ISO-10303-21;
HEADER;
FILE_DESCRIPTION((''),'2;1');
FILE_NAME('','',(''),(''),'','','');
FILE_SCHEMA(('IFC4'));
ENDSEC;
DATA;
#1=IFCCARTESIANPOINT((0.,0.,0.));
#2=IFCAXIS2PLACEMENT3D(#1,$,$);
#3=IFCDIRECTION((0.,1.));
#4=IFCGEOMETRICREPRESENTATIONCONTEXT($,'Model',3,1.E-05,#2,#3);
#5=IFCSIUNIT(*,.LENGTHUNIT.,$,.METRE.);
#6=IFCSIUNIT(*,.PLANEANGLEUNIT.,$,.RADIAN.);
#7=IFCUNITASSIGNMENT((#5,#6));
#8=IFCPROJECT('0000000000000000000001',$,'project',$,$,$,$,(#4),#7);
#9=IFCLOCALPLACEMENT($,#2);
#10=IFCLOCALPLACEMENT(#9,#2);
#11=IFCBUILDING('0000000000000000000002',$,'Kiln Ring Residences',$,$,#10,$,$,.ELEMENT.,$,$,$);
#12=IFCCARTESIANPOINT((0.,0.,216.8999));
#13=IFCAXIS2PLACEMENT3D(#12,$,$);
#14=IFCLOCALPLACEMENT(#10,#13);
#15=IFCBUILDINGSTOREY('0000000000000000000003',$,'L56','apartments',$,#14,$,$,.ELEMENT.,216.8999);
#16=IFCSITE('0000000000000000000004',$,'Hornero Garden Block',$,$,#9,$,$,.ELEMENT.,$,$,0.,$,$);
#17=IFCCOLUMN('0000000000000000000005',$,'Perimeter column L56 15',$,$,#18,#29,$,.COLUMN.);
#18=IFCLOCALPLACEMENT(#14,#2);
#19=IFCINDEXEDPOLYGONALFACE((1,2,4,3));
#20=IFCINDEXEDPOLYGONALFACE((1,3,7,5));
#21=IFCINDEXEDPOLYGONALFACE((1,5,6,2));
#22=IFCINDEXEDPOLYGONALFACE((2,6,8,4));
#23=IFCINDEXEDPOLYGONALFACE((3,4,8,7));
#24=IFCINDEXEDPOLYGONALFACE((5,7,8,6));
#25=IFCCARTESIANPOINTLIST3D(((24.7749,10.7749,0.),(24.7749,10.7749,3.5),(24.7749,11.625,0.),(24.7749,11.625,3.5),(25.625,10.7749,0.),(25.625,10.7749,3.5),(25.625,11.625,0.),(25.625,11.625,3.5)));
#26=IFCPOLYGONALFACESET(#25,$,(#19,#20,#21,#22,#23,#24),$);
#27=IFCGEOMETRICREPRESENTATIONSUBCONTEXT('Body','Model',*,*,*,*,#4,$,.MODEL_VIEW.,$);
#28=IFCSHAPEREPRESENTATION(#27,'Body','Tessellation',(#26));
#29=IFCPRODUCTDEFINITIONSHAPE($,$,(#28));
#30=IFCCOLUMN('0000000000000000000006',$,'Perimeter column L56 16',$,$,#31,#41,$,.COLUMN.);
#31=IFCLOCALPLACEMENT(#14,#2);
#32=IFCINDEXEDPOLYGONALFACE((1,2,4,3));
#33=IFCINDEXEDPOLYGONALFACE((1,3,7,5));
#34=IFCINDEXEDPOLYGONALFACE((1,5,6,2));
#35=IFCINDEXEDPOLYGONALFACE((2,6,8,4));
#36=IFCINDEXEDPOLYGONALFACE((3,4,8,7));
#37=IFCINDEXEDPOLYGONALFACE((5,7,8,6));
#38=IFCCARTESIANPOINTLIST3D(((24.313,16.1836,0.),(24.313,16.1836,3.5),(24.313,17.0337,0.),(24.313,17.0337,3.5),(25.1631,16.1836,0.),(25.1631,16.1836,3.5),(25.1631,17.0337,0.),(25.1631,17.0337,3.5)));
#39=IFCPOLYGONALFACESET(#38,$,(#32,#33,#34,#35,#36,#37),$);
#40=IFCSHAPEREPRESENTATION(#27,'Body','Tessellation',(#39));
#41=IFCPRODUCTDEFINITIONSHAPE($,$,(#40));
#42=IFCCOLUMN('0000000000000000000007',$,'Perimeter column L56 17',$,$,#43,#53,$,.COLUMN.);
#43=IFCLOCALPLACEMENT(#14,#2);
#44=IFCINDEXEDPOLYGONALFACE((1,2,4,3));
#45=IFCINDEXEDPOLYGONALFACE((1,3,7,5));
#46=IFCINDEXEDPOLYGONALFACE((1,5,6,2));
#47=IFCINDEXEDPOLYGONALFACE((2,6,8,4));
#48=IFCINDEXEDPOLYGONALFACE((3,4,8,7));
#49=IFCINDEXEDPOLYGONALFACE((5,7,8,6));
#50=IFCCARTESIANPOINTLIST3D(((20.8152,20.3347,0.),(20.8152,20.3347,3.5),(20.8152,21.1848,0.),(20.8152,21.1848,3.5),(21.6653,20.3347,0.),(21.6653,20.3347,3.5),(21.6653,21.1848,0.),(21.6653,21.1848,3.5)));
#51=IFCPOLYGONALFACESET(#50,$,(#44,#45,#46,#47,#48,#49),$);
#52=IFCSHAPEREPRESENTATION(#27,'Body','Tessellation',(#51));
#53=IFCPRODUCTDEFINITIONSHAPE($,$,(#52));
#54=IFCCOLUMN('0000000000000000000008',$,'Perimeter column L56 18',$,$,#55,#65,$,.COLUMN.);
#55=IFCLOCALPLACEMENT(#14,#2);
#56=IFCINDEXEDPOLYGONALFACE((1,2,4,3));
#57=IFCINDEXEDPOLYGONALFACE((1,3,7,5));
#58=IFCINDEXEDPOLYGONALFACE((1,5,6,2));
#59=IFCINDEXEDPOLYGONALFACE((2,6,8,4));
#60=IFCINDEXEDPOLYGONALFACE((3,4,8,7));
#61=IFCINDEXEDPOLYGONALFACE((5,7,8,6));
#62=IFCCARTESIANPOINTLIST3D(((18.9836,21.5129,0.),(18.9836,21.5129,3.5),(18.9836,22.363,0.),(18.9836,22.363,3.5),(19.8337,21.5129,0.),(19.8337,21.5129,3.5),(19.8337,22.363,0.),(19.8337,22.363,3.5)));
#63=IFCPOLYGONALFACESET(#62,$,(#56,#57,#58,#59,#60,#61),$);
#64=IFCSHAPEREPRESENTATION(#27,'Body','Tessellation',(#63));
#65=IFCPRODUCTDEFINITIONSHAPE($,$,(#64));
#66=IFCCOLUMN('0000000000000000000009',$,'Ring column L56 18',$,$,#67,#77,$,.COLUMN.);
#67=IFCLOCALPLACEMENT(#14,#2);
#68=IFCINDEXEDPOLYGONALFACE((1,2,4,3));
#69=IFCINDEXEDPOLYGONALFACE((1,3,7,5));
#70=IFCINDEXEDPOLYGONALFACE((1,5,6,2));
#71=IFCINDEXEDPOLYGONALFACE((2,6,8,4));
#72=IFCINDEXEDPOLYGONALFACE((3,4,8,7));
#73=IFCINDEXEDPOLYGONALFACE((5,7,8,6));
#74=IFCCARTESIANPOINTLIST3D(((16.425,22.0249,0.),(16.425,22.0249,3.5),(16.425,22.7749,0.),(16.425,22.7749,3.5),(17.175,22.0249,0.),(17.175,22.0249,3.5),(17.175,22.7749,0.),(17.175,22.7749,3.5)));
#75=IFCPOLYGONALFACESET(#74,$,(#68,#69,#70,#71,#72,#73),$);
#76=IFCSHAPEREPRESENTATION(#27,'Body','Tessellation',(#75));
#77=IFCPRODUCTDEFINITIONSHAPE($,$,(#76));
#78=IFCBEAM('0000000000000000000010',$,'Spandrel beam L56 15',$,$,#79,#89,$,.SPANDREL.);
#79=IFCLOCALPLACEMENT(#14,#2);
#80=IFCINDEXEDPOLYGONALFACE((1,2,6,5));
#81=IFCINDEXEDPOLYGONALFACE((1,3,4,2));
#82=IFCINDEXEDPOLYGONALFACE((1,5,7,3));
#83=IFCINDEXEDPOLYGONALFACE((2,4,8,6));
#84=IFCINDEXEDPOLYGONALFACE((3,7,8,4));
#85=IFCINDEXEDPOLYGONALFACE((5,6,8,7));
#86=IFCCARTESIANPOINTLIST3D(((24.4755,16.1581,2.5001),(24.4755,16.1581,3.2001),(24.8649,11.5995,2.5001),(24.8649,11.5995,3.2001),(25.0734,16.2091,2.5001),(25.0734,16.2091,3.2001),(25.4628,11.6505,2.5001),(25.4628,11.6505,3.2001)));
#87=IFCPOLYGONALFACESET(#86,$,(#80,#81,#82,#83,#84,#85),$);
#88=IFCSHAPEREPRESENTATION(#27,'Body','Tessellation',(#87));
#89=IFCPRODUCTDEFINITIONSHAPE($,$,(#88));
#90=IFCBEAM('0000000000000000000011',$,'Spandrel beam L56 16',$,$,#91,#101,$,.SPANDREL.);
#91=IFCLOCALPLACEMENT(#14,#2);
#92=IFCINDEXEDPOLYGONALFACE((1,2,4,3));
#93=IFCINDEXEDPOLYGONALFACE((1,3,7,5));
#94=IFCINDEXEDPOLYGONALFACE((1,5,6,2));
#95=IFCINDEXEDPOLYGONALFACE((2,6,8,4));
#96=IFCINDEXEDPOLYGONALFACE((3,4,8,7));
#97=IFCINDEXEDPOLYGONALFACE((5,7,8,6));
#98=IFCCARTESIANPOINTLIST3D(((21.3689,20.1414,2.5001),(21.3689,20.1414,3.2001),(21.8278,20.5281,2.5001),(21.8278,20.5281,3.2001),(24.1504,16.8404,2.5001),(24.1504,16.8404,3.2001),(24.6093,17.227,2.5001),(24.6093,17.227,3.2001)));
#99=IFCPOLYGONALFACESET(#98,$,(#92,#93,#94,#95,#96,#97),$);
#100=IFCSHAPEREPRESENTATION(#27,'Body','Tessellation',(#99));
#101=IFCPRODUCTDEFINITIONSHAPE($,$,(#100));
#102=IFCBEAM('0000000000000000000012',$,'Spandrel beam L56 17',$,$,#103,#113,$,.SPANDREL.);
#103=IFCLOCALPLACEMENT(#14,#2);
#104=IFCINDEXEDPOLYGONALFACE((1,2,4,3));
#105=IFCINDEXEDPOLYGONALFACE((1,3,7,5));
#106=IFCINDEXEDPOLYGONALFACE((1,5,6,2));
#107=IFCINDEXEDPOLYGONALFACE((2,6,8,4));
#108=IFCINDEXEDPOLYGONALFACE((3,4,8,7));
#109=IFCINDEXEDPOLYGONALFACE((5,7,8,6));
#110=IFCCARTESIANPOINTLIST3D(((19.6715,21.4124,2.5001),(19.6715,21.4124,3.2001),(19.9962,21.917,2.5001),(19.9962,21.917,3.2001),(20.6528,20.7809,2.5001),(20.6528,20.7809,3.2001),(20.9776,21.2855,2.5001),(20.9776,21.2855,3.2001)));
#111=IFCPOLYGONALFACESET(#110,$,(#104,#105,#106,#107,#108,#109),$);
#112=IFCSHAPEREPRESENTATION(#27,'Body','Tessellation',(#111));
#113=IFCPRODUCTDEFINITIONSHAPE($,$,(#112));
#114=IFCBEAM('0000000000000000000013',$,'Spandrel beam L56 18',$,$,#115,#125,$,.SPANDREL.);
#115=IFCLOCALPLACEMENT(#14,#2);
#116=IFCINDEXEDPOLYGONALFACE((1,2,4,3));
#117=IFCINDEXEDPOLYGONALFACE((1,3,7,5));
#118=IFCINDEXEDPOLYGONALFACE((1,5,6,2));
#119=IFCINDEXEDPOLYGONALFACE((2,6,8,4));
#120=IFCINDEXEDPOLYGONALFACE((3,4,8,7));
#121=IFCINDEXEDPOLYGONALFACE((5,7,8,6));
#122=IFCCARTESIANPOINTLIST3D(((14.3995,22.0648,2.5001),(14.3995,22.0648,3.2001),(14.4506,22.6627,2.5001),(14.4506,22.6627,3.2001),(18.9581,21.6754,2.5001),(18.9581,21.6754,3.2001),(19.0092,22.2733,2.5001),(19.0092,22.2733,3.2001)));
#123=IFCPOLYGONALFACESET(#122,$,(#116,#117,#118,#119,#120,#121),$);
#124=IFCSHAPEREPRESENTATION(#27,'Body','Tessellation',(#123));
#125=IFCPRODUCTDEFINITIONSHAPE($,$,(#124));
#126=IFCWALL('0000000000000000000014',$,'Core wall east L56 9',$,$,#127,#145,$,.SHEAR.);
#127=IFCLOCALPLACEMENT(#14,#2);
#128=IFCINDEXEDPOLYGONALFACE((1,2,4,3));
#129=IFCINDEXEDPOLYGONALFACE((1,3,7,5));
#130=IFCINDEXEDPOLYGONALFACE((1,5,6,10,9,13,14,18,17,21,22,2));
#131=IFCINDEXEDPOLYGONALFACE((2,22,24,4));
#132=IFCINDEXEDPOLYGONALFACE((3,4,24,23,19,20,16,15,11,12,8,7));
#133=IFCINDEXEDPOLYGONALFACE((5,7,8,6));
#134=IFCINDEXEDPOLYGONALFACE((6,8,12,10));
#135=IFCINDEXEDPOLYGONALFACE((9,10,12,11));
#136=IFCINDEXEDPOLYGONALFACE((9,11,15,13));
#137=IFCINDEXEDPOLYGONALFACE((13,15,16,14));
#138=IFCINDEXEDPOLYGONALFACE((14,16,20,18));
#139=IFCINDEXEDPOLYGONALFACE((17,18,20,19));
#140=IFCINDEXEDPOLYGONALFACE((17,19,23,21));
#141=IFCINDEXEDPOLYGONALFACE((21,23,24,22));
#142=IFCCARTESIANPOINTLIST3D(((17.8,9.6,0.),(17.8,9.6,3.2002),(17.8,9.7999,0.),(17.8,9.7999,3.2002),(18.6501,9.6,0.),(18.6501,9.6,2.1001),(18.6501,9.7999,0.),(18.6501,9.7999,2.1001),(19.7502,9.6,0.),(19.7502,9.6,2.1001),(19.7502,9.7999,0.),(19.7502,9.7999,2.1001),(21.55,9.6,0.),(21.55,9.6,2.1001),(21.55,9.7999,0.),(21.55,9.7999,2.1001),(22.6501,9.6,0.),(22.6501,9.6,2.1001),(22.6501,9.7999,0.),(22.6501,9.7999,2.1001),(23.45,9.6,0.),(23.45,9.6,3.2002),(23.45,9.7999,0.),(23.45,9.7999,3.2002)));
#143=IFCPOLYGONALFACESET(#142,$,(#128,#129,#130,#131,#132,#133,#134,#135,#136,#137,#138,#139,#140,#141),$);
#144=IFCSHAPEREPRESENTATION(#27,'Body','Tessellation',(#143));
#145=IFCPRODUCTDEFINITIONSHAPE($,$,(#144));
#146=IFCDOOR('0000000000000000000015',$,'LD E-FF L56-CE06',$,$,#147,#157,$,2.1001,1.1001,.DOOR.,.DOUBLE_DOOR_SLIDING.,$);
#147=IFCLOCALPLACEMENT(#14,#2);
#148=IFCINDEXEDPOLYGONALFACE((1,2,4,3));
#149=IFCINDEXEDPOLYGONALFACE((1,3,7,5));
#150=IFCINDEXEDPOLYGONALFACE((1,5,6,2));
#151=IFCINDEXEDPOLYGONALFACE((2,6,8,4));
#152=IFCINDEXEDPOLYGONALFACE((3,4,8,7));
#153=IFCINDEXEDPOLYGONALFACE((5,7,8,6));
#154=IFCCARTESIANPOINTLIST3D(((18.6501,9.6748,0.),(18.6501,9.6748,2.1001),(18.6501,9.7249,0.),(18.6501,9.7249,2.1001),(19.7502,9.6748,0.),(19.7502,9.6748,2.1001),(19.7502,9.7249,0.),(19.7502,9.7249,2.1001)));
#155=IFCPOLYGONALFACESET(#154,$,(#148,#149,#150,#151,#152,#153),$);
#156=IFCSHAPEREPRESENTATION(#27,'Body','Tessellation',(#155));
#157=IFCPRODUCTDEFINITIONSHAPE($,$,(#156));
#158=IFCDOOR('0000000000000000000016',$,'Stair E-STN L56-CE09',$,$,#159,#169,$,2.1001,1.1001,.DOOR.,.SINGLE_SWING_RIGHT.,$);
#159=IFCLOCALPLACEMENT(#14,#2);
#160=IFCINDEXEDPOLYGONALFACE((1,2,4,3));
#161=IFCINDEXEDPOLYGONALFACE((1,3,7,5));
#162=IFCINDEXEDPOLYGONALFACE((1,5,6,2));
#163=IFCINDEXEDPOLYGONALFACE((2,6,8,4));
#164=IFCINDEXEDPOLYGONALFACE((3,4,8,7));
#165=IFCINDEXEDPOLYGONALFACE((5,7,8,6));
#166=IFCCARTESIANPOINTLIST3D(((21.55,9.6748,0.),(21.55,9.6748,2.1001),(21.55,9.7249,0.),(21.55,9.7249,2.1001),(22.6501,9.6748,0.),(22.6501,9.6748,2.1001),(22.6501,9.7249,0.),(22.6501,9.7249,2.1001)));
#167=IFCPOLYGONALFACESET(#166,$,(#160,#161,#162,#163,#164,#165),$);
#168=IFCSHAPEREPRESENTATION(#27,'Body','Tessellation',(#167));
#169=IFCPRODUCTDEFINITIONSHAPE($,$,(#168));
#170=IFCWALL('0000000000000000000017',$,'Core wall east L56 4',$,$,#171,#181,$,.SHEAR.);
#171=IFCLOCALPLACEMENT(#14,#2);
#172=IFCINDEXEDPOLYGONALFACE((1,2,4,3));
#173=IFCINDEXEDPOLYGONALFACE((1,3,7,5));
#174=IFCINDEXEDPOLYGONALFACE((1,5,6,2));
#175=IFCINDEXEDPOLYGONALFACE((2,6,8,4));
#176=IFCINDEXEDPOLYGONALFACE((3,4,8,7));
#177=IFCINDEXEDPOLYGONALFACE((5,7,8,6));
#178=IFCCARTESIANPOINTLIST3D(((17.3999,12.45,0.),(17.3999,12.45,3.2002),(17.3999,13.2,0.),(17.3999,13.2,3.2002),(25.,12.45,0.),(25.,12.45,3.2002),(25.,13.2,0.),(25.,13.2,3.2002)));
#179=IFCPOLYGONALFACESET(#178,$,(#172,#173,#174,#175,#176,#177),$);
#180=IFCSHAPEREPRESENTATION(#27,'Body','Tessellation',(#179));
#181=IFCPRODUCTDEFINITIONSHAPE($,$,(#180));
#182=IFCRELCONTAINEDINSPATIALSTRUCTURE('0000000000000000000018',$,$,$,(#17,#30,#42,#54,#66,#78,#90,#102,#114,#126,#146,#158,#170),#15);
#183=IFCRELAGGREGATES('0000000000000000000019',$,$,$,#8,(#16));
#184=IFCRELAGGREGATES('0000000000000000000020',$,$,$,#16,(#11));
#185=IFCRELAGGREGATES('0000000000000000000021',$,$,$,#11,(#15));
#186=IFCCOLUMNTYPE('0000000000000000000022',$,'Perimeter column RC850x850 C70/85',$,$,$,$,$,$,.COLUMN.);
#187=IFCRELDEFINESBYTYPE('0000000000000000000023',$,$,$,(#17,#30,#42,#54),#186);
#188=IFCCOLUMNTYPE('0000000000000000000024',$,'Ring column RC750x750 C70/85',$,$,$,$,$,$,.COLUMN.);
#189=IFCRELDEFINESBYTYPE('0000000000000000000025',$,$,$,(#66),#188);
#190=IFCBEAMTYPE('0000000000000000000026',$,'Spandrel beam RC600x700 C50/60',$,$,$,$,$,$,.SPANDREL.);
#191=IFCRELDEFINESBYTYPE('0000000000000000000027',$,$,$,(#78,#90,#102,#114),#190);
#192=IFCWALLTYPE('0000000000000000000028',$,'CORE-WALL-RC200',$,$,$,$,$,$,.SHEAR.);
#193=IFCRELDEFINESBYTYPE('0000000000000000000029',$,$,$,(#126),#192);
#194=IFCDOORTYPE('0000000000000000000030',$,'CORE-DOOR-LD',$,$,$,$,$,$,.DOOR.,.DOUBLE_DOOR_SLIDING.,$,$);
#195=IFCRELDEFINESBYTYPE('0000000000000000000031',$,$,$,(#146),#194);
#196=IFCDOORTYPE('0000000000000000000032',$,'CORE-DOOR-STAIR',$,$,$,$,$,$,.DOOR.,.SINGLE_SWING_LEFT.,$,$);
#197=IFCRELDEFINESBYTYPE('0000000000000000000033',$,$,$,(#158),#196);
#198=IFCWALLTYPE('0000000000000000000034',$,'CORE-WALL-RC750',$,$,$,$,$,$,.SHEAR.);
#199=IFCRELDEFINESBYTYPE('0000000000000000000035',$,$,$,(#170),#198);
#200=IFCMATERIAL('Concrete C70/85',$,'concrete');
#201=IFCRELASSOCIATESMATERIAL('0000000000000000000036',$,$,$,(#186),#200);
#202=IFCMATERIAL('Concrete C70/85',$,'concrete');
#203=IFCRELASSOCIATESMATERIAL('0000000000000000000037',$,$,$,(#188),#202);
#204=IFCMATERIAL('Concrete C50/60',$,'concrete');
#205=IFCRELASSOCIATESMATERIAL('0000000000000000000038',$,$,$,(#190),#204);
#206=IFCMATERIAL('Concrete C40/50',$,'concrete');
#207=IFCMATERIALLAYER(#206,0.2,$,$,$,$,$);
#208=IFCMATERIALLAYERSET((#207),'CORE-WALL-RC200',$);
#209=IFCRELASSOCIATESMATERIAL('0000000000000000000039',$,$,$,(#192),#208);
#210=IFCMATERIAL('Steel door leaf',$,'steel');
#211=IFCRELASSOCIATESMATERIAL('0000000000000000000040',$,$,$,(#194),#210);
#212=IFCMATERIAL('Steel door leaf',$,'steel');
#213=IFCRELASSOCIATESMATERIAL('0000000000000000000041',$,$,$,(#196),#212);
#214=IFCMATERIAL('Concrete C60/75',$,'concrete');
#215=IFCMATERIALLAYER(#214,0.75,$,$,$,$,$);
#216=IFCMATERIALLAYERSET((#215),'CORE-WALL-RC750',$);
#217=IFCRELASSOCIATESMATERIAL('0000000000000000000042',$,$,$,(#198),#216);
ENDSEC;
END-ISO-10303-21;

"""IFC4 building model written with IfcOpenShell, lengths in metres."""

from ifc_helpers import new_model, si_unit, direction, frame, frame_2d, origin, origin_2d, place, context, subcontext, project, spatial, rectangle, extrude, material, layer, layer_set, material_profile, profile_set, type_object, element, fill, save


model = new_model("IFC4")

# Units and contexts
model_context = context("Model", 3, precision=1e-05, world=origin(), true_north=direction((0.0, 1.0)))
body_context = subcontext(model_context, "Body", "Model", "MODEL_VIEW")
ifc_project = project(units=[si_unit("LENGTHUNIT", "METRE"), si_unit("PLANEANGLEUNIT", "RADIAN")], contexts=[model_context])

# Site, building, storey
site_placement = place(None, origin())
site = spatial("IfcSite", under=ifc_project, at=site_placement, Name="Hornero Garden Block", CompositionType="ELEMENT", RefElevation=0.0)
building_placement = place(site_placement, origin())
building = spatial("IfcBuilding", under=site, at=building_placement, Name="Kiln Ring Residences", CompositionType="ELEMENT")
storey_placement = place(building_placement, frame((0.0, 0.0, 216.8999)))
storey = spatial("IfcBuildingStorey", under=building, at=storey_placement, Name="L56", Description="apartments", CompositionType="ELEMENT", Elevation=216.8999)

# Columns
ifc_material_1 = material(Name="Concrete C70/85", Category="concrete")
ifc_material_profile_1 = material_profile(ifc_material_1, rectangle(XDim=0.8501, YDim=0.8501, at=origin_2d()), Name="RC850x850")
ifc_profile_set_1 = profile_set([ifc_material_profile_1], Name="Concrete C70/85")
column_type_1 = type_object("IfcColumnType", Name="Perimeter column RC850x850 C70/85", PredefinedType="COLUMN", material=ifc_profile_set_1)
for number, where, z_axis, x_axis, name in (
    (1, (25.2, 11.2, 0.0), (0.0, 0.0, 1.0), (1.0, 0.0, 0.0), "Perimeter column L56 15"),
    (2, (24.738, 16.6086, 0.0), (0.0, 0.0, 1.0), (1.0, 0.0, 0.0), "Perimeter column L56 16"),
    (3, (21.2402, 20.7598, 0.0), (0.0, 0.0, 1.0), (1.0, 0.0, 0.0), "Perimeter column L56 17"),
    (4, (19.4087, 21.938, 0.0), (0.0, 0.0, 1.0), (1.0, 0.0, 0.0), "Perimeter column L56 18"),
):
    element("IfcColumn", number, at=place(storey_placement, frame(where, z_axis=z_axis, x_axis=x_axis)), inside=storey, type_object=column_type_1, Name=name, PredefinedType="COLUMN", context=body_context, shape_type="SweptSolid", body=[
        extrude(rectangle(XDim=0.8501, YDim=0.8501, at=origin_2d()), origin(), (0.0, 0.0, 1.0), 3.5),
    ])
ifc_material_2 = material(Name="Concrete C70/85", Category="concrete")
ifc_material_profile_2 = material_profile(ifc_material_2, rectangle(XDim=0.75, YDim=0.75, at=origin_2d()), Name="RC750x750")
ifc_profile_set_2 = profile_set([ifc_material_profile_2], Name="Concrete C70/85")
column_type_2 = type_object("IfcColumnType", Name="Ring column RC750x750 C70/85", PredefinedType="COLUMN", material=ifc_profile_set_2)
column_placement = place(storey_placement, frame((16.8, 22.3999, 0.0), z_axis=(0.0, 0.0, 1.0), x_axis=(1.0, 0.0, 0.0)))
element("IfcColumn", 5, at=column_placement, inside=storey, type_object=column_type_2, Name="Ring column L56 18", PredefinedType="COLUMN", context=body_context, shape_type="SweptSolid", body=[
    extrude(rectangle(XDim=0.75, YDim=0.75, at=origin_2d()), origin(), (0.0, 0.0, 1.0), 3.5),
])

# Beams
ifc_material_3 = material(Name="Concrete C50/60", Category="concrete")
ifc_material_profile_3 = material_profile(ifc_material_3, rectangle(XDim=0.6001, YDim=0.7, at=origin_2d()), Name="RC600x700")
ifc_profile_set_3 = profile_set([ifc_material_profile_3], Name="Concrete C50/60")
beam_type = type_object("IfcBeamType", Name="Spandrel beam RC600x700 C50/60", PredefinedType="SPANDREL", material=ifc_profile_set_3)
beam_1_placement = place(storey_placement, frame((25.1638, 11.625, 2.8501), z_axis=(-0.085112, 0.996371, 0.0), x_axis=(-0.996371, -0.085112, 0.0)))
element("IfcBeam", 6, at=beam_1_placement, inside=storey, type_object=beam_type, Name="Spandrel beam L56 15", PredefinedType="SPANDREL", context=body_context, shape_type="SweptSolid", body=[
    extrude(rectangle(XDim=0.6001, YDim=0.7, at=origin_2d()), origin(), (0.0, 0.0, 1.0), 4.5752),
])
beam_2_placement = place(storey_placement, frame((24.3799, 17.0337, 2.8501), z_axis=(-0.644364, 0.764719, 0.0), x_axis=(-0.764719, -0.644364, 0.0)))
element("IfcBeam", 7, at=beam_2_placement, inside=storey, type_object=beam_type, Name="Spandrel beam L56 16", PredefinedType="SPANDREL", context=body_context, shape_type="SweptSolid", body=[
    extrude(rectangle(XDim=0.6001, YDim=0.7, at=origin_2d()), origin(), (0.0, 0.0, 1.0), 4.3167),
])
beam_3_placement = place(storey_placement, frame((20.8152, 21.0332, 2.8501), z_axis=(-0.84092, 0.541159, 0.0), x_axis=(-0.541159, -0.84092, 0.0)))
element("IfcBeam", 8, at=beam_3_placement, inside=storey, type_object=beam_type, Name="Spandrel beam L56 17", PredefinedType="SPANDREL", context=body_context, shape_type="SweptSolid", body=[
    extrude(rectangle(XDim=0.6001, YDim=0.7, at=origin_2d()), origin(), (0.0, 0.0, 1.0), 1.167),
])
beam_4_placement = place(storey_placement, frame((18.9836, 21.9744, 2.8501), z_axis=(-0.996371, 0.085112, 0.0), x_axis=(-0.085112, -0.996371, 0.0)))
element("IfcBeam", 9, at=beam_4_placement, inside=storey, type_object=beam_type, Name="Spandrel beam L56 18", PredefinedType="SPANDREL", context=body_context, shape_type="SweptSolid", body=[
    extrude(rectangle(XDim=0.6001, YDim=0.7, at=origin_2d()), origin(), (0.0, 0.0, 1.0), 4.5752),
])

# Wall, openings, doors
ifc_material_4 = material(Name="Concrete C40/50", Category="concrete")
ifc_layer_1 = layer(ifc_material_4, 0.2)
ifc_layer_set_1 = layer_set([ifc_layer_1], Name="CORE-WALL-RC200")
wall_type_1 = type_object("IfcWallType", Name="CORE-WALL-RC200", PredefinedType="SHEAR", material=ifc_layer_set_1)
wall_1_placement = place(storey_placement, frame((17.8, 9.7, 0.0), z_axis=(0.0, 0.0, 1.0), x_axis=(1.0, 0.0, 0.0)))
wall_1 = element("IfcWall", 10, at=wall_1_placement, inside=storey, type_object=wall_type_1, Name="Core wall east L56 9", PredefinedType="SHEAR", context=body_context, shape_type="SweptSolid", body=[
    extrude(rectangle(XDim=5.6499, YDim=0.2, at=frame_2d((2.825, 0.0))), origin(), (0.0, 0.0, 1.0), 3.2002),
])
opening_1_placement = place(wall_1_placement, frame((0.8501, 0.0, 0.0)))
opening_1 = element("IfcOpeningElement", 11, at=opening_1_placement, cuts=wall_1, PredefinedType="OPENING", context=body_context, shape_type="SweptSolid", body=[
    extrude(rectangle(XDim=1.1001, YDim=2.1001, at=frame_2d((0.55, 1.05))), frame((0.0, 0.1099, 0.0), z_axis=(0.0, -1.0, 0.0), x_axis=(1.0, 0.0, 0.0)), (0.0, 0.0, 1.0), 0.22),
])
opening_2_placement = place(wall_1_placement, frame((3.75, 0.0, 0.0)))
opening_2 = element("IfcOpeningElement", 12, at=opening_2_placement, cuts=wall_1, PredefinedType="OPENING", context=body_context, shape_type="SweptSolid", body=[
    extrude(rectangle(XDim=1.1001, YDim=2.1001, at=frame_2d((0.55, 1.05))), frame((0.0, 0.1099, 0.0), z_axis=(0.0, -1.0, 0.0), x_axis=(1.0, 0.0, 0.0)), (0.0, 0.0, 1.0), 0.22),
])
ifc_material_5 = material(Name="Steel door leaf", Category="steel")
door_type_1 = type_object("IfcDoorType", Name="CORE-DOOR-LD", OperationType="DOUBLE_DOOR_SLIDING", PredefinedType="DOOR", material=ifc_material_5)
door_1_placement = place(opening_1_placement, origin())
door_1 = element("IfcDoor", 13, at=door_1_placement, inside=storey, type_object=door_type_1, Name="LD E-FF L56-CE06", OperationType="DOUBLE_DOOR_SLIDING", OverallHeight=2.1001, OverallWidth=1.1001, PredefinedType="DOOR", context=body_context, shape_type="SweptSolid", body=[
    extrude(rectangle(XDim=1.1001, YDim=2.1001, at=frame_2d((0.55, 1.05))), frame((0.0, 0.0249, 0.0), z_axis=(0.0, -1.0, 0.0), x_axis=(1.0, 0.0, 0.0)), (0.0, 0.0, 1.0), 0.05),
])
fill(opening_1, door_1)
ifc_material_6 = material(Name="Steel door leaf", Category="steel")
door_type_2 = type_object("IfcDoorType", Name="CORE-DOOR-STAIR", OperationType="SINGLE_SWING_LEFT", PredefinedType="DOOR", material=ifc_material_6)
door_2_placement = place(opening_2_placement, origin())
door_2 = element("IfcDoor", 14, at=door_2_placement, inside=storey, type_object=door_type_2, Name="Stair E-STN L56-CE09", OperationType="SINGLE_SWING_RIGHT", OverallHeight=2.1001, OverallWidth=1.1001, PredefinedType="DOOR", context=body_context, shape_type="SweptSolid", body=[
    extrude(rectangle(XDim=1.1001, YDim=2.1001, at=frame_2d((0.55, 1.05))), frame((0.0, 0.0249, 0.0), z_axis=(0.0, -1.0, 0.0), x_axis=(1.0, 0.0, 0.0)), (0.0, 0.0, 1.0), 0.05),
])
fill(opening_2, door_2)

# Wall
ifc_material_7 = material(Name="Concrete C60/75", Category="concrete")
ifc_layer_2 = layer(ifc_material_7, 0.75)
ifc_layer_set_2 = layer_set([ifc_layer_2], Name="CORE-WALL-RC750")
wall_type_2 = type_object("IfcWallType", Name="CORE-WALL-RC750", PredefinedType="SHEAR", material=ifc_layer_set_2)
wall_2_placement = place(storey_placement, frame((17.3999, 12.825, 0.0), z_axis=(0.0, 0.0, 1.0), x_axis=(1.0, 0.0, 0.0)))
element("IfcWall", 15, at=wall_2_placement, inside=storey, type_object=wall_type_2, Name="Core wall east L56 4", PredefinedType="SHEAR", context=body_context, shape_type="SweptSolid", body=[
    extrude(rectangle(XDim=7.6001, YDim=0.75, at=frame_2d((3.8, 0.0))), origin(), (0.0, 0.0, 1.0), 3.2002),
])

save(model, "model.ifc")
